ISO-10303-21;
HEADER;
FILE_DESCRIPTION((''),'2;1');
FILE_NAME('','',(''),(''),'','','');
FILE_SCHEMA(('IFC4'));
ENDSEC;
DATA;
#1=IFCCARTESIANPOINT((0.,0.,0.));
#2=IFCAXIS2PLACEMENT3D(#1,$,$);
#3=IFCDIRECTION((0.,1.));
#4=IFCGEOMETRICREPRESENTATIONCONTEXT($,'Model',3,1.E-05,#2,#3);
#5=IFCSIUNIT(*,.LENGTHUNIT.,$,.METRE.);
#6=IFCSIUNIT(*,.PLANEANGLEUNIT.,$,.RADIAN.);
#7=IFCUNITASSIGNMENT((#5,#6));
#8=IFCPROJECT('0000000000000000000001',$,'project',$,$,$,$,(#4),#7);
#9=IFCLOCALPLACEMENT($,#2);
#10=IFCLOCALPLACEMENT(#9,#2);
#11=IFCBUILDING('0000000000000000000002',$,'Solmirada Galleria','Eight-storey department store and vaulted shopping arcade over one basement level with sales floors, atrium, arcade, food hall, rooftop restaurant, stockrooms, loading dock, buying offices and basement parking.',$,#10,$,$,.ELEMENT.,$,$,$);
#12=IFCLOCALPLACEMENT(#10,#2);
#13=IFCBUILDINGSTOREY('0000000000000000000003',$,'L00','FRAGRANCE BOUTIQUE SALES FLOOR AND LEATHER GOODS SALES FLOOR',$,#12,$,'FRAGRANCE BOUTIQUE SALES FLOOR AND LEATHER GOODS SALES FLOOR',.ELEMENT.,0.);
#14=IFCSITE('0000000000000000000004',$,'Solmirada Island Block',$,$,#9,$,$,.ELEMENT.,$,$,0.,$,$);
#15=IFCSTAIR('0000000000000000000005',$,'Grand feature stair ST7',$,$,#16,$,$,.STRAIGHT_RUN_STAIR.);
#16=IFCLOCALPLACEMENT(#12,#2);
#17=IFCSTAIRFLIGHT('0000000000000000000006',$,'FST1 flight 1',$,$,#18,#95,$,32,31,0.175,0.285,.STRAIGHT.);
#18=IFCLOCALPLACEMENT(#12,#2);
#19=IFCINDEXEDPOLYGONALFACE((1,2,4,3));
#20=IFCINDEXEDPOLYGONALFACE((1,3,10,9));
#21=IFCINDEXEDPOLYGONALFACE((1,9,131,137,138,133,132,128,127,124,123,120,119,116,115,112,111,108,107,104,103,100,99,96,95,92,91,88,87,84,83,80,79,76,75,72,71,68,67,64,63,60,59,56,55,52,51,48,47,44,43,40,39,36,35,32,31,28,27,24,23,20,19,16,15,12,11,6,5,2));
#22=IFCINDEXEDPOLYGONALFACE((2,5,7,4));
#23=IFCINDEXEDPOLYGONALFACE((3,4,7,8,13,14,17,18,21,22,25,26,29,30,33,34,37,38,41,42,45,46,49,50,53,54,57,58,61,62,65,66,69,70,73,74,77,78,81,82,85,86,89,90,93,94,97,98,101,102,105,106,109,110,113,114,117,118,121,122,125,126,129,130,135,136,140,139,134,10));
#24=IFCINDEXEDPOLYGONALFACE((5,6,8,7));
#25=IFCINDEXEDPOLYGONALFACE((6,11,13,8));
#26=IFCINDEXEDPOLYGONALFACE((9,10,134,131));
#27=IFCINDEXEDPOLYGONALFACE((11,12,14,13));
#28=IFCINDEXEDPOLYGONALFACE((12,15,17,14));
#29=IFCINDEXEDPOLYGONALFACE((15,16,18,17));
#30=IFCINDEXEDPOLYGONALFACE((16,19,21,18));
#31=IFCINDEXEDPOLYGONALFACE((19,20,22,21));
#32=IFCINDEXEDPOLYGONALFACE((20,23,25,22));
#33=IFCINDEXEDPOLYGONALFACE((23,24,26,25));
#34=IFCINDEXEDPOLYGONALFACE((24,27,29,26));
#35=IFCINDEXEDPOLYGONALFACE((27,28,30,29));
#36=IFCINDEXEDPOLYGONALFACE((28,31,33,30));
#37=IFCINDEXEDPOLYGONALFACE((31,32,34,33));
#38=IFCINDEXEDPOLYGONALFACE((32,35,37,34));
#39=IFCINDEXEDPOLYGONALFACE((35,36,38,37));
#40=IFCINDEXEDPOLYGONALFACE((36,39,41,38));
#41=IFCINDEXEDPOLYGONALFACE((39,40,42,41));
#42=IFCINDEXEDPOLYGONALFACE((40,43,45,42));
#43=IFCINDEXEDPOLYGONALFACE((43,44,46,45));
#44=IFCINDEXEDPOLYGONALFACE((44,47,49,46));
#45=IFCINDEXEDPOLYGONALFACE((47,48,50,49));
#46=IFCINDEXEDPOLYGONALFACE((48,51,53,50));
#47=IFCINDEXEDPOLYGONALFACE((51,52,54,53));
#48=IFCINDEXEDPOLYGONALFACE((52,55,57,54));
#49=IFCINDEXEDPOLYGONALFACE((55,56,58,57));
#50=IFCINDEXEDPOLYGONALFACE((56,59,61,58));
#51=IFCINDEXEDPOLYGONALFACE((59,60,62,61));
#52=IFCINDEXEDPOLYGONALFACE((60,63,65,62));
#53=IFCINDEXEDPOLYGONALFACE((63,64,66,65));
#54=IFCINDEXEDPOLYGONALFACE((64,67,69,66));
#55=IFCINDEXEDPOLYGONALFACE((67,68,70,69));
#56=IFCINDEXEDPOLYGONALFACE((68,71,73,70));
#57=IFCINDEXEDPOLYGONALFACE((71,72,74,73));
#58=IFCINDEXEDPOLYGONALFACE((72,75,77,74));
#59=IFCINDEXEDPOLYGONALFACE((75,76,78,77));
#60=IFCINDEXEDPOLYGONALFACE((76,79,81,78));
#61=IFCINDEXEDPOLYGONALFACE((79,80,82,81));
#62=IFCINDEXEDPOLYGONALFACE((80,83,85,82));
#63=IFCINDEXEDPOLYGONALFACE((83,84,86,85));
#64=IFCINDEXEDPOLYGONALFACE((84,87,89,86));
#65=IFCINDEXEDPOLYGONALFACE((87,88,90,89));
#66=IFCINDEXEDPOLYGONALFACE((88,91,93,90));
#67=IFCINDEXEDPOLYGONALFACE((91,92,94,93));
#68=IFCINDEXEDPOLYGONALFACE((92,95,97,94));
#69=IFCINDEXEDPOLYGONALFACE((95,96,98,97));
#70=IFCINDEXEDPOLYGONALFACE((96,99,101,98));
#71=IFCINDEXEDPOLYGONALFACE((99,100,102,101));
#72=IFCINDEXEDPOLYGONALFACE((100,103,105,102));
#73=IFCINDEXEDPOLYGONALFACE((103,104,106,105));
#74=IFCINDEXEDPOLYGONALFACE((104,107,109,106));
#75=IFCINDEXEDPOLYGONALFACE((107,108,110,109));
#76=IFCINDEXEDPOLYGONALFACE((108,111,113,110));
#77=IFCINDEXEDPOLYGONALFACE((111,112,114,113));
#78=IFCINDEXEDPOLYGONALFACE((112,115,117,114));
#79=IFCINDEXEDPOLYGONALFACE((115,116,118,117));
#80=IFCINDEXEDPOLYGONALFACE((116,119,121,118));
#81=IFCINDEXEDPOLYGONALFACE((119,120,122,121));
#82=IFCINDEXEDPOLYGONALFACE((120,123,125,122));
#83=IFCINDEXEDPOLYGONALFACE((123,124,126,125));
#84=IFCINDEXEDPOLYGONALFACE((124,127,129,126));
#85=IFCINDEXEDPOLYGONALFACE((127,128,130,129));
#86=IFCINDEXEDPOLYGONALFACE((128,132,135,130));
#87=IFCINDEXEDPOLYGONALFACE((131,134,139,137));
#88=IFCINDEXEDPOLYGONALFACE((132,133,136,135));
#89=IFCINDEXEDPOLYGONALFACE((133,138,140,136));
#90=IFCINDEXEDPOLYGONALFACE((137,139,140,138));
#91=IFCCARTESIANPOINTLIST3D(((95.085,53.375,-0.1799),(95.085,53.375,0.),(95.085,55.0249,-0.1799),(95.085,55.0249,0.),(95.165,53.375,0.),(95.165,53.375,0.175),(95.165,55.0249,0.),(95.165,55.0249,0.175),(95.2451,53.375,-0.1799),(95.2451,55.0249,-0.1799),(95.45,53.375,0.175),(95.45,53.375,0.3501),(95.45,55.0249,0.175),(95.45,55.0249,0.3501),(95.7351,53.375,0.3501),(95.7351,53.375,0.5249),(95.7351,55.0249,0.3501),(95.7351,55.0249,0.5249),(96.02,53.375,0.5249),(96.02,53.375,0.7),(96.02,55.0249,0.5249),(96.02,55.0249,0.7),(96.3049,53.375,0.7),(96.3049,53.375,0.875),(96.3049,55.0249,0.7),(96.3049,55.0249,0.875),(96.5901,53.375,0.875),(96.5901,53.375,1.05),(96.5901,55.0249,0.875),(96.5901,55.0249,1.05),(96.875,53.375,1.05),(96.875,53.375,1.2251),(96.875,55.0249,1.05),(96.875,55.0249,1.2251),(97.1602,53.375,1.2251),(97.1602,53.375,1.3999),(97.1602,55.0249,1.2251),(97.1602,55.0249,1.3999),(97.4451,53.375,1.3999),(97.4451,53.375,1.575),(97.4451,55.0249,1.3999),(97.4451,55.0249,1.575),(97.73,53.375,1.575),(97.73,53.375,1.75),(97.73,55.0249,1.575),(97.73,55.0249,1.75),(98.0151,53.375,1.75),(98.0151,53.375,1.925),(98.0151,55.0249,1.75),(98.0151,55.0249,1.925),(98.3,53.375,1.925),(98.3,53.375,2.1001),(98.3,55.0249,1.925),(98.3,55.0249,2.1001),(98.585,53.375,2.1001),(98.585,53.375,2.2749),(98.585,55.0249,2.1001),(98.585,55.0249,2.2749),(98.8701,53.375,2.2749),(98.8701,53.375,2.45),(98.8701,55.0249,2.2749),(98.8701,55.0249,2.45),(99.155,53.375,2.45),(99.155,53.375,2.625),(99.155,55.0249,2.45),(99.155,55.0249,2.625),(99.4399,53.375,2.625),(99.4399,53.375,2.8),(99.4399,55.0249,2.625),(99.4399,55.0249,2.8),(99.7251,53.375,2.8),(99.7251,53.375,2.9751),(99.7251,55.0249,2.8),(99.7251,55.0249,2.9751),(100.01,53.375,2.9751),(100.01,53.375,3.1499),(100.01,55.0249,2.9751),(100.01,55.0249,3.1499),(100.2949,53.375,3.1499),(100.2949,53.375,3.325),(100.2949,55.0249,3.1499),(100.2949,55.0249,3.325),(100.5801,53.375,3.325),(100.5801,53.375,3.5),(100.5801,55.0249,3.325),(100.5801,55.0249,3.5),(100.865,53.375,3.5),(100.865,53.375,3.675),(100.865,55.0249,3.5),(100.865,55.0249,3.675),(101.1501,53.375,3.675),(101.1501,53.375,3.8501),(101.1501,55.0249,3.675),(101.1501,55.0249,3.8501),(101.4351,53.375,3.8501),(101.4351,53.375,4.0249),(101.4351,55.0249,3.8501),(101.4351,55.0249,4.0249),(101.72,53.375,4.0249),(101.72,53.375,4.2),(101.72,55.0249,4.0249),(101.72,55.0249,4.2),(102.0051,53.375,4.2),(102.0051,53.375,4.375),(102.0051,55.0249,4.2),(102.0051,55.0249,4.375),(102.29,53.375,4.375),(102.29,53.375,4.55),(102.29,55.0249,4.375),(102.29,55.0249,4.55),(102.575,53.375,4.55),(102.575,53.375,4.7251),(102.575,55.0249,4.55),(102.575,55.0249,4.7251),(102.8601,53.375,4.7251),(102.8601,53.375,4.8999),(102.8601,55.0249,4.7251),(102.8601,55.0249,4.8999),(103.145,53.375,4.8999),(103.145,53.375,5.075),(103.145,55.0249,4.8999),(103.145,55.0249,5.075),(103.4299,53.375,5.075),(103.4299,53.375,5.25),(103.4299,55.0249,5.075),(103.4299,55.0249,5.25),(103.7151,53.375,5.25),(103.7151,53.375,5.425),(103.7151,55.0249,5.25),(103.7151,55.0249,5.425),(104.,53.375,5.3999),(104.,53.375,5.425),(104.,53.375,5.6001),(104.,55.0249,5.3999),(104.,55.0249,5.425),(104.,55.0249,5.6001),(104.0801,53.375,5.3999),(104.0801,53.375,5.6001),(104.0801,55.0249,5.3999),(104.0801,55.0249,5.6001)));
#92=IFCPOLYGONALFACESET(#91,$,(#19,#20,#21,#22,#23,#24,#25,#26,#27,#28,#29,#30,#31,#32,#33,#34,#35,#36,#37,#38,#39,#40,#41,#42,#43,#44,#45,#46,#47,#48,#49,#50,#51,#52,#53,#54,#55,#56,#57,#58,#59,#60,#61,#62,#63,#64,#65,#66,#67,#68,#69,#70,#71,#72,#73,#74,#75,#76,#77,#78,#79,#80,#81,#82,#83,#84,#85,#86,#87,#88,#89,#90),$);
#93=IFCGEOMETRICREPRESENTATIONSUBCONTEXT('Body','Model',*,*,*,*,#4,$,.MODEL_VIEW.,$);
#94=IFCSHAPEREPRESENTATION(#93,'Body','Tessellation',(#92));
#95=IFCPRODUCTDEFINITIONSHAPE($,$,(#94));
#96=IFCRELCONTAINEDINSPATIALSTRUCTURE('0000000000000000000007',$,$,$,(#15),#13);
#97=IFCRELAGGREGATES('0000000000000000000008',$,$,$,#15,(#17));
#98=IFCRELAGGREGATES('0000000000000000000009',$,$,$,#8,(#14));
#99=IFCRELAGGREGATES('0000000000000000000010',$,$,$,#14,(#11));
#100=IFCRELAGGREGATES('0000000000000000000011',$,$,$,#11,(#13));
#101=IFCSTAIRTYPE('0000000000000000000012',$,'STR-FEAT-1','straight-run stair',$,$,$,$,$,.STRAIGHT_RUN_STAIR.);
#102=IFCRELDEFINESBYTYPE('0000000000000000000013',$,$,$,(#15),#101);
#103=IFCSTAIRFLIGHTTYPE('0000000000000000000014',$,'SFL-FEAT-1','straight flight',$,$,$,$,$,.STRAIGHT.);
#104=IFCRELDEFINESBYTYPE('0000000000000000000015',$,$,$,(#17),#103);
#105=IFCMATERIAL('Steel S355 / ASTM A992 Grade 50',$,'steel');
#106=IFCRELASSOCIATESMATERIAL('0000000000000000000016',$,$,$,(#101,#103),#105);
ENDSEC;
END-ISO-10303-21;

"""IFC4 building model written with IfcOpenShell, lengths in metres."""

from ifc_helpers import new_model, si_unit, direction, frame, origin, place, context, subcontext, project, spatial, polyline, outline, extrude, material, type_object, element, aggregate, save


model = new_model("IFC4")

# Units and contexts
model_context = context("Model", 3, precision=1e-05, world=origin(), true_north=direction((0.0, 1.0)))
body_context = subcontext(model_context, "Body", "Model", "MODEL_VIEW")
ifc_project = project(units=[si_unit("LENGTHUNIT", "METRE"), si_unit("PLANEANGLEUNIT", "RADIAN")], contexts=[model_context])

# Site, building, storey
site_placement = place(None, origin())
site = spatial("IfcSite", under=ifc_project, at=site_placement, Name="Solmirada Island Block", CompositionType="ELEMENT", RefElevation=0.0)
building_placement = place(site_placement, origin())
building = spatial("IfcBuilding", under=site, at=building_placement, Name="Solmirada Galleria", Description="Eight-storey department store and vaulted shopping arcade over one basement level with sales floors, atrium, arcade, food hall, rooftop restaurant, stockrooms, loading dock, buying offices and basement parking.", CompositionType="ELEMENT")
storey_placement = place(building_placement, origin())
storey = spatial("IfcBuildingStorey", under=building, at=storey_placement, Name="L00", Description="FRAGRANCE BOUTIQUE SALES FLOOR AND LEATHER GOODS SALES FLOOR", LongName="FRAGRANCE BOUTIQUE SALES FLOOR AND LEATHER GOODS SALES FLOOR", CompositionType="ELEMENT", Elevation=0.0)

# Shared definitions
ifc_material_1 = material(Name="Steel S355 / ASTM A992 Grade 50", Category="steel")

# Stair, stair flight
stair_type = type_object("IfcStairType", Name="STR-FEAT-1", Description="straight-run stair", PredefinedType="STRAIGHT_RUN_STAIR", material=ifc_material_1)
stair_placement = place(storey_placement, origin())
stair = element("IfcStair", 1, at=stair_placement, inside=storey, type_object=stair_type, Name="Grand feature stair ST7", PredefinedType="STRAIGHT_RUN_STAIR")
stair_flight_type = type_object("IfcStairFlightType", Name="SFL-FEAT-1", Description="straight flight", PredefinedType="STRAIGHT", material=ifc_material_1)
stair_flight_placement = place(storey_placement, frame((95.165, 54.2, 0.0), z_axis=(0.0, 0.0, 1.0), x_axis=(1.0, 0.0, 0.0)))
stair_flight = element("IfcStairFlight", 2, at=stair_flight_placement, type_object=stair_flight_type, Name="FST1 flight 1", NumberOfRisers=32, NumberOfTreads=31, PredefinedType="STRAIGHT", RiserHeight=0.175, TreadLength=0.285, context=body_context, shape_type="SweptSolid", body=[
    extrude(outline(polyline([(-0.0801, 0.0), (0.0, 0.0), (0.0, 0.175), (0.2849, 0.175), (0.2849, 0.3501), (0.5701, 0.3501), (0.5701, 0.5249), (0.855, 0.5249), (0.855, 0.7), (1.1399, 0.7), (1.1399, 0.875), (1.425, 0.875), (1.425, 1.05), (1.71, 1.05), (1.71, 1.2251), (1.9951, 1.2251), (1.9951, 1.3999), (2.28, 1.3999), (2.28, 1.575), (2.5649, 1.575), (2.5649, 1.75), (2.8501, 1.75), (2.8501, 1.925), (3.135, 1.925), (3.135, 2.1001), (3.4199, 2.1001), (3.4199, 2.2749), (3.7051, 2.2749), (3.7051, 2.45), (3.99, 2.45), (3.99, 2.625), (4.2749, 2.625), (4.2749, 2.8), (4.5601, 2.8), (4.5601, 2.9751), (4.845, 2.9751), (4.845, 3.1499), (5.1299, 3.1499), (5.1299, 3.325), (5.415, 3.325), (5.415, 3.5), (5.7, 3.5), (5.7, 3.675), (5.9851, 3.675), (5.9851, 3.8501), (6.27, 3.8501), (6.27, 4.0249), (6.5549, 4.0249), (6.5549, 4.2), (6.8401, 4.2), (6.8401, 4.375), (7.125, 4.375), (7.125, 4.55), (7.4099, 4.55), (7.4099, 4.7251), (7.6951, 4.7251), (7.6951, 4.8999), (7.98, 4.8999), (7.98, 5.075), (8.2649, 5.075), (8.2649, 5.25), (8.55, 5.25), (8.55, 5.425), (8.835, 5.425), (8.835, 5.6001), (8.915, 5.6001), (8.915, 5.3999), (8.835, 5.3999), (0.0801, -0.1799), (-0.0801, -0.1799), (-0.0801, 0.0)])), frame((0.0, 0.825, 0.0), z_axis=(0.0, -1.0, 0.0), x_axis=(1.0, 0.0, 0.0)), (0.0, 0.0, 1.0), 1.6499),
])
aggregate(stair, [stair_flight])

save(model, "model.ifc")
